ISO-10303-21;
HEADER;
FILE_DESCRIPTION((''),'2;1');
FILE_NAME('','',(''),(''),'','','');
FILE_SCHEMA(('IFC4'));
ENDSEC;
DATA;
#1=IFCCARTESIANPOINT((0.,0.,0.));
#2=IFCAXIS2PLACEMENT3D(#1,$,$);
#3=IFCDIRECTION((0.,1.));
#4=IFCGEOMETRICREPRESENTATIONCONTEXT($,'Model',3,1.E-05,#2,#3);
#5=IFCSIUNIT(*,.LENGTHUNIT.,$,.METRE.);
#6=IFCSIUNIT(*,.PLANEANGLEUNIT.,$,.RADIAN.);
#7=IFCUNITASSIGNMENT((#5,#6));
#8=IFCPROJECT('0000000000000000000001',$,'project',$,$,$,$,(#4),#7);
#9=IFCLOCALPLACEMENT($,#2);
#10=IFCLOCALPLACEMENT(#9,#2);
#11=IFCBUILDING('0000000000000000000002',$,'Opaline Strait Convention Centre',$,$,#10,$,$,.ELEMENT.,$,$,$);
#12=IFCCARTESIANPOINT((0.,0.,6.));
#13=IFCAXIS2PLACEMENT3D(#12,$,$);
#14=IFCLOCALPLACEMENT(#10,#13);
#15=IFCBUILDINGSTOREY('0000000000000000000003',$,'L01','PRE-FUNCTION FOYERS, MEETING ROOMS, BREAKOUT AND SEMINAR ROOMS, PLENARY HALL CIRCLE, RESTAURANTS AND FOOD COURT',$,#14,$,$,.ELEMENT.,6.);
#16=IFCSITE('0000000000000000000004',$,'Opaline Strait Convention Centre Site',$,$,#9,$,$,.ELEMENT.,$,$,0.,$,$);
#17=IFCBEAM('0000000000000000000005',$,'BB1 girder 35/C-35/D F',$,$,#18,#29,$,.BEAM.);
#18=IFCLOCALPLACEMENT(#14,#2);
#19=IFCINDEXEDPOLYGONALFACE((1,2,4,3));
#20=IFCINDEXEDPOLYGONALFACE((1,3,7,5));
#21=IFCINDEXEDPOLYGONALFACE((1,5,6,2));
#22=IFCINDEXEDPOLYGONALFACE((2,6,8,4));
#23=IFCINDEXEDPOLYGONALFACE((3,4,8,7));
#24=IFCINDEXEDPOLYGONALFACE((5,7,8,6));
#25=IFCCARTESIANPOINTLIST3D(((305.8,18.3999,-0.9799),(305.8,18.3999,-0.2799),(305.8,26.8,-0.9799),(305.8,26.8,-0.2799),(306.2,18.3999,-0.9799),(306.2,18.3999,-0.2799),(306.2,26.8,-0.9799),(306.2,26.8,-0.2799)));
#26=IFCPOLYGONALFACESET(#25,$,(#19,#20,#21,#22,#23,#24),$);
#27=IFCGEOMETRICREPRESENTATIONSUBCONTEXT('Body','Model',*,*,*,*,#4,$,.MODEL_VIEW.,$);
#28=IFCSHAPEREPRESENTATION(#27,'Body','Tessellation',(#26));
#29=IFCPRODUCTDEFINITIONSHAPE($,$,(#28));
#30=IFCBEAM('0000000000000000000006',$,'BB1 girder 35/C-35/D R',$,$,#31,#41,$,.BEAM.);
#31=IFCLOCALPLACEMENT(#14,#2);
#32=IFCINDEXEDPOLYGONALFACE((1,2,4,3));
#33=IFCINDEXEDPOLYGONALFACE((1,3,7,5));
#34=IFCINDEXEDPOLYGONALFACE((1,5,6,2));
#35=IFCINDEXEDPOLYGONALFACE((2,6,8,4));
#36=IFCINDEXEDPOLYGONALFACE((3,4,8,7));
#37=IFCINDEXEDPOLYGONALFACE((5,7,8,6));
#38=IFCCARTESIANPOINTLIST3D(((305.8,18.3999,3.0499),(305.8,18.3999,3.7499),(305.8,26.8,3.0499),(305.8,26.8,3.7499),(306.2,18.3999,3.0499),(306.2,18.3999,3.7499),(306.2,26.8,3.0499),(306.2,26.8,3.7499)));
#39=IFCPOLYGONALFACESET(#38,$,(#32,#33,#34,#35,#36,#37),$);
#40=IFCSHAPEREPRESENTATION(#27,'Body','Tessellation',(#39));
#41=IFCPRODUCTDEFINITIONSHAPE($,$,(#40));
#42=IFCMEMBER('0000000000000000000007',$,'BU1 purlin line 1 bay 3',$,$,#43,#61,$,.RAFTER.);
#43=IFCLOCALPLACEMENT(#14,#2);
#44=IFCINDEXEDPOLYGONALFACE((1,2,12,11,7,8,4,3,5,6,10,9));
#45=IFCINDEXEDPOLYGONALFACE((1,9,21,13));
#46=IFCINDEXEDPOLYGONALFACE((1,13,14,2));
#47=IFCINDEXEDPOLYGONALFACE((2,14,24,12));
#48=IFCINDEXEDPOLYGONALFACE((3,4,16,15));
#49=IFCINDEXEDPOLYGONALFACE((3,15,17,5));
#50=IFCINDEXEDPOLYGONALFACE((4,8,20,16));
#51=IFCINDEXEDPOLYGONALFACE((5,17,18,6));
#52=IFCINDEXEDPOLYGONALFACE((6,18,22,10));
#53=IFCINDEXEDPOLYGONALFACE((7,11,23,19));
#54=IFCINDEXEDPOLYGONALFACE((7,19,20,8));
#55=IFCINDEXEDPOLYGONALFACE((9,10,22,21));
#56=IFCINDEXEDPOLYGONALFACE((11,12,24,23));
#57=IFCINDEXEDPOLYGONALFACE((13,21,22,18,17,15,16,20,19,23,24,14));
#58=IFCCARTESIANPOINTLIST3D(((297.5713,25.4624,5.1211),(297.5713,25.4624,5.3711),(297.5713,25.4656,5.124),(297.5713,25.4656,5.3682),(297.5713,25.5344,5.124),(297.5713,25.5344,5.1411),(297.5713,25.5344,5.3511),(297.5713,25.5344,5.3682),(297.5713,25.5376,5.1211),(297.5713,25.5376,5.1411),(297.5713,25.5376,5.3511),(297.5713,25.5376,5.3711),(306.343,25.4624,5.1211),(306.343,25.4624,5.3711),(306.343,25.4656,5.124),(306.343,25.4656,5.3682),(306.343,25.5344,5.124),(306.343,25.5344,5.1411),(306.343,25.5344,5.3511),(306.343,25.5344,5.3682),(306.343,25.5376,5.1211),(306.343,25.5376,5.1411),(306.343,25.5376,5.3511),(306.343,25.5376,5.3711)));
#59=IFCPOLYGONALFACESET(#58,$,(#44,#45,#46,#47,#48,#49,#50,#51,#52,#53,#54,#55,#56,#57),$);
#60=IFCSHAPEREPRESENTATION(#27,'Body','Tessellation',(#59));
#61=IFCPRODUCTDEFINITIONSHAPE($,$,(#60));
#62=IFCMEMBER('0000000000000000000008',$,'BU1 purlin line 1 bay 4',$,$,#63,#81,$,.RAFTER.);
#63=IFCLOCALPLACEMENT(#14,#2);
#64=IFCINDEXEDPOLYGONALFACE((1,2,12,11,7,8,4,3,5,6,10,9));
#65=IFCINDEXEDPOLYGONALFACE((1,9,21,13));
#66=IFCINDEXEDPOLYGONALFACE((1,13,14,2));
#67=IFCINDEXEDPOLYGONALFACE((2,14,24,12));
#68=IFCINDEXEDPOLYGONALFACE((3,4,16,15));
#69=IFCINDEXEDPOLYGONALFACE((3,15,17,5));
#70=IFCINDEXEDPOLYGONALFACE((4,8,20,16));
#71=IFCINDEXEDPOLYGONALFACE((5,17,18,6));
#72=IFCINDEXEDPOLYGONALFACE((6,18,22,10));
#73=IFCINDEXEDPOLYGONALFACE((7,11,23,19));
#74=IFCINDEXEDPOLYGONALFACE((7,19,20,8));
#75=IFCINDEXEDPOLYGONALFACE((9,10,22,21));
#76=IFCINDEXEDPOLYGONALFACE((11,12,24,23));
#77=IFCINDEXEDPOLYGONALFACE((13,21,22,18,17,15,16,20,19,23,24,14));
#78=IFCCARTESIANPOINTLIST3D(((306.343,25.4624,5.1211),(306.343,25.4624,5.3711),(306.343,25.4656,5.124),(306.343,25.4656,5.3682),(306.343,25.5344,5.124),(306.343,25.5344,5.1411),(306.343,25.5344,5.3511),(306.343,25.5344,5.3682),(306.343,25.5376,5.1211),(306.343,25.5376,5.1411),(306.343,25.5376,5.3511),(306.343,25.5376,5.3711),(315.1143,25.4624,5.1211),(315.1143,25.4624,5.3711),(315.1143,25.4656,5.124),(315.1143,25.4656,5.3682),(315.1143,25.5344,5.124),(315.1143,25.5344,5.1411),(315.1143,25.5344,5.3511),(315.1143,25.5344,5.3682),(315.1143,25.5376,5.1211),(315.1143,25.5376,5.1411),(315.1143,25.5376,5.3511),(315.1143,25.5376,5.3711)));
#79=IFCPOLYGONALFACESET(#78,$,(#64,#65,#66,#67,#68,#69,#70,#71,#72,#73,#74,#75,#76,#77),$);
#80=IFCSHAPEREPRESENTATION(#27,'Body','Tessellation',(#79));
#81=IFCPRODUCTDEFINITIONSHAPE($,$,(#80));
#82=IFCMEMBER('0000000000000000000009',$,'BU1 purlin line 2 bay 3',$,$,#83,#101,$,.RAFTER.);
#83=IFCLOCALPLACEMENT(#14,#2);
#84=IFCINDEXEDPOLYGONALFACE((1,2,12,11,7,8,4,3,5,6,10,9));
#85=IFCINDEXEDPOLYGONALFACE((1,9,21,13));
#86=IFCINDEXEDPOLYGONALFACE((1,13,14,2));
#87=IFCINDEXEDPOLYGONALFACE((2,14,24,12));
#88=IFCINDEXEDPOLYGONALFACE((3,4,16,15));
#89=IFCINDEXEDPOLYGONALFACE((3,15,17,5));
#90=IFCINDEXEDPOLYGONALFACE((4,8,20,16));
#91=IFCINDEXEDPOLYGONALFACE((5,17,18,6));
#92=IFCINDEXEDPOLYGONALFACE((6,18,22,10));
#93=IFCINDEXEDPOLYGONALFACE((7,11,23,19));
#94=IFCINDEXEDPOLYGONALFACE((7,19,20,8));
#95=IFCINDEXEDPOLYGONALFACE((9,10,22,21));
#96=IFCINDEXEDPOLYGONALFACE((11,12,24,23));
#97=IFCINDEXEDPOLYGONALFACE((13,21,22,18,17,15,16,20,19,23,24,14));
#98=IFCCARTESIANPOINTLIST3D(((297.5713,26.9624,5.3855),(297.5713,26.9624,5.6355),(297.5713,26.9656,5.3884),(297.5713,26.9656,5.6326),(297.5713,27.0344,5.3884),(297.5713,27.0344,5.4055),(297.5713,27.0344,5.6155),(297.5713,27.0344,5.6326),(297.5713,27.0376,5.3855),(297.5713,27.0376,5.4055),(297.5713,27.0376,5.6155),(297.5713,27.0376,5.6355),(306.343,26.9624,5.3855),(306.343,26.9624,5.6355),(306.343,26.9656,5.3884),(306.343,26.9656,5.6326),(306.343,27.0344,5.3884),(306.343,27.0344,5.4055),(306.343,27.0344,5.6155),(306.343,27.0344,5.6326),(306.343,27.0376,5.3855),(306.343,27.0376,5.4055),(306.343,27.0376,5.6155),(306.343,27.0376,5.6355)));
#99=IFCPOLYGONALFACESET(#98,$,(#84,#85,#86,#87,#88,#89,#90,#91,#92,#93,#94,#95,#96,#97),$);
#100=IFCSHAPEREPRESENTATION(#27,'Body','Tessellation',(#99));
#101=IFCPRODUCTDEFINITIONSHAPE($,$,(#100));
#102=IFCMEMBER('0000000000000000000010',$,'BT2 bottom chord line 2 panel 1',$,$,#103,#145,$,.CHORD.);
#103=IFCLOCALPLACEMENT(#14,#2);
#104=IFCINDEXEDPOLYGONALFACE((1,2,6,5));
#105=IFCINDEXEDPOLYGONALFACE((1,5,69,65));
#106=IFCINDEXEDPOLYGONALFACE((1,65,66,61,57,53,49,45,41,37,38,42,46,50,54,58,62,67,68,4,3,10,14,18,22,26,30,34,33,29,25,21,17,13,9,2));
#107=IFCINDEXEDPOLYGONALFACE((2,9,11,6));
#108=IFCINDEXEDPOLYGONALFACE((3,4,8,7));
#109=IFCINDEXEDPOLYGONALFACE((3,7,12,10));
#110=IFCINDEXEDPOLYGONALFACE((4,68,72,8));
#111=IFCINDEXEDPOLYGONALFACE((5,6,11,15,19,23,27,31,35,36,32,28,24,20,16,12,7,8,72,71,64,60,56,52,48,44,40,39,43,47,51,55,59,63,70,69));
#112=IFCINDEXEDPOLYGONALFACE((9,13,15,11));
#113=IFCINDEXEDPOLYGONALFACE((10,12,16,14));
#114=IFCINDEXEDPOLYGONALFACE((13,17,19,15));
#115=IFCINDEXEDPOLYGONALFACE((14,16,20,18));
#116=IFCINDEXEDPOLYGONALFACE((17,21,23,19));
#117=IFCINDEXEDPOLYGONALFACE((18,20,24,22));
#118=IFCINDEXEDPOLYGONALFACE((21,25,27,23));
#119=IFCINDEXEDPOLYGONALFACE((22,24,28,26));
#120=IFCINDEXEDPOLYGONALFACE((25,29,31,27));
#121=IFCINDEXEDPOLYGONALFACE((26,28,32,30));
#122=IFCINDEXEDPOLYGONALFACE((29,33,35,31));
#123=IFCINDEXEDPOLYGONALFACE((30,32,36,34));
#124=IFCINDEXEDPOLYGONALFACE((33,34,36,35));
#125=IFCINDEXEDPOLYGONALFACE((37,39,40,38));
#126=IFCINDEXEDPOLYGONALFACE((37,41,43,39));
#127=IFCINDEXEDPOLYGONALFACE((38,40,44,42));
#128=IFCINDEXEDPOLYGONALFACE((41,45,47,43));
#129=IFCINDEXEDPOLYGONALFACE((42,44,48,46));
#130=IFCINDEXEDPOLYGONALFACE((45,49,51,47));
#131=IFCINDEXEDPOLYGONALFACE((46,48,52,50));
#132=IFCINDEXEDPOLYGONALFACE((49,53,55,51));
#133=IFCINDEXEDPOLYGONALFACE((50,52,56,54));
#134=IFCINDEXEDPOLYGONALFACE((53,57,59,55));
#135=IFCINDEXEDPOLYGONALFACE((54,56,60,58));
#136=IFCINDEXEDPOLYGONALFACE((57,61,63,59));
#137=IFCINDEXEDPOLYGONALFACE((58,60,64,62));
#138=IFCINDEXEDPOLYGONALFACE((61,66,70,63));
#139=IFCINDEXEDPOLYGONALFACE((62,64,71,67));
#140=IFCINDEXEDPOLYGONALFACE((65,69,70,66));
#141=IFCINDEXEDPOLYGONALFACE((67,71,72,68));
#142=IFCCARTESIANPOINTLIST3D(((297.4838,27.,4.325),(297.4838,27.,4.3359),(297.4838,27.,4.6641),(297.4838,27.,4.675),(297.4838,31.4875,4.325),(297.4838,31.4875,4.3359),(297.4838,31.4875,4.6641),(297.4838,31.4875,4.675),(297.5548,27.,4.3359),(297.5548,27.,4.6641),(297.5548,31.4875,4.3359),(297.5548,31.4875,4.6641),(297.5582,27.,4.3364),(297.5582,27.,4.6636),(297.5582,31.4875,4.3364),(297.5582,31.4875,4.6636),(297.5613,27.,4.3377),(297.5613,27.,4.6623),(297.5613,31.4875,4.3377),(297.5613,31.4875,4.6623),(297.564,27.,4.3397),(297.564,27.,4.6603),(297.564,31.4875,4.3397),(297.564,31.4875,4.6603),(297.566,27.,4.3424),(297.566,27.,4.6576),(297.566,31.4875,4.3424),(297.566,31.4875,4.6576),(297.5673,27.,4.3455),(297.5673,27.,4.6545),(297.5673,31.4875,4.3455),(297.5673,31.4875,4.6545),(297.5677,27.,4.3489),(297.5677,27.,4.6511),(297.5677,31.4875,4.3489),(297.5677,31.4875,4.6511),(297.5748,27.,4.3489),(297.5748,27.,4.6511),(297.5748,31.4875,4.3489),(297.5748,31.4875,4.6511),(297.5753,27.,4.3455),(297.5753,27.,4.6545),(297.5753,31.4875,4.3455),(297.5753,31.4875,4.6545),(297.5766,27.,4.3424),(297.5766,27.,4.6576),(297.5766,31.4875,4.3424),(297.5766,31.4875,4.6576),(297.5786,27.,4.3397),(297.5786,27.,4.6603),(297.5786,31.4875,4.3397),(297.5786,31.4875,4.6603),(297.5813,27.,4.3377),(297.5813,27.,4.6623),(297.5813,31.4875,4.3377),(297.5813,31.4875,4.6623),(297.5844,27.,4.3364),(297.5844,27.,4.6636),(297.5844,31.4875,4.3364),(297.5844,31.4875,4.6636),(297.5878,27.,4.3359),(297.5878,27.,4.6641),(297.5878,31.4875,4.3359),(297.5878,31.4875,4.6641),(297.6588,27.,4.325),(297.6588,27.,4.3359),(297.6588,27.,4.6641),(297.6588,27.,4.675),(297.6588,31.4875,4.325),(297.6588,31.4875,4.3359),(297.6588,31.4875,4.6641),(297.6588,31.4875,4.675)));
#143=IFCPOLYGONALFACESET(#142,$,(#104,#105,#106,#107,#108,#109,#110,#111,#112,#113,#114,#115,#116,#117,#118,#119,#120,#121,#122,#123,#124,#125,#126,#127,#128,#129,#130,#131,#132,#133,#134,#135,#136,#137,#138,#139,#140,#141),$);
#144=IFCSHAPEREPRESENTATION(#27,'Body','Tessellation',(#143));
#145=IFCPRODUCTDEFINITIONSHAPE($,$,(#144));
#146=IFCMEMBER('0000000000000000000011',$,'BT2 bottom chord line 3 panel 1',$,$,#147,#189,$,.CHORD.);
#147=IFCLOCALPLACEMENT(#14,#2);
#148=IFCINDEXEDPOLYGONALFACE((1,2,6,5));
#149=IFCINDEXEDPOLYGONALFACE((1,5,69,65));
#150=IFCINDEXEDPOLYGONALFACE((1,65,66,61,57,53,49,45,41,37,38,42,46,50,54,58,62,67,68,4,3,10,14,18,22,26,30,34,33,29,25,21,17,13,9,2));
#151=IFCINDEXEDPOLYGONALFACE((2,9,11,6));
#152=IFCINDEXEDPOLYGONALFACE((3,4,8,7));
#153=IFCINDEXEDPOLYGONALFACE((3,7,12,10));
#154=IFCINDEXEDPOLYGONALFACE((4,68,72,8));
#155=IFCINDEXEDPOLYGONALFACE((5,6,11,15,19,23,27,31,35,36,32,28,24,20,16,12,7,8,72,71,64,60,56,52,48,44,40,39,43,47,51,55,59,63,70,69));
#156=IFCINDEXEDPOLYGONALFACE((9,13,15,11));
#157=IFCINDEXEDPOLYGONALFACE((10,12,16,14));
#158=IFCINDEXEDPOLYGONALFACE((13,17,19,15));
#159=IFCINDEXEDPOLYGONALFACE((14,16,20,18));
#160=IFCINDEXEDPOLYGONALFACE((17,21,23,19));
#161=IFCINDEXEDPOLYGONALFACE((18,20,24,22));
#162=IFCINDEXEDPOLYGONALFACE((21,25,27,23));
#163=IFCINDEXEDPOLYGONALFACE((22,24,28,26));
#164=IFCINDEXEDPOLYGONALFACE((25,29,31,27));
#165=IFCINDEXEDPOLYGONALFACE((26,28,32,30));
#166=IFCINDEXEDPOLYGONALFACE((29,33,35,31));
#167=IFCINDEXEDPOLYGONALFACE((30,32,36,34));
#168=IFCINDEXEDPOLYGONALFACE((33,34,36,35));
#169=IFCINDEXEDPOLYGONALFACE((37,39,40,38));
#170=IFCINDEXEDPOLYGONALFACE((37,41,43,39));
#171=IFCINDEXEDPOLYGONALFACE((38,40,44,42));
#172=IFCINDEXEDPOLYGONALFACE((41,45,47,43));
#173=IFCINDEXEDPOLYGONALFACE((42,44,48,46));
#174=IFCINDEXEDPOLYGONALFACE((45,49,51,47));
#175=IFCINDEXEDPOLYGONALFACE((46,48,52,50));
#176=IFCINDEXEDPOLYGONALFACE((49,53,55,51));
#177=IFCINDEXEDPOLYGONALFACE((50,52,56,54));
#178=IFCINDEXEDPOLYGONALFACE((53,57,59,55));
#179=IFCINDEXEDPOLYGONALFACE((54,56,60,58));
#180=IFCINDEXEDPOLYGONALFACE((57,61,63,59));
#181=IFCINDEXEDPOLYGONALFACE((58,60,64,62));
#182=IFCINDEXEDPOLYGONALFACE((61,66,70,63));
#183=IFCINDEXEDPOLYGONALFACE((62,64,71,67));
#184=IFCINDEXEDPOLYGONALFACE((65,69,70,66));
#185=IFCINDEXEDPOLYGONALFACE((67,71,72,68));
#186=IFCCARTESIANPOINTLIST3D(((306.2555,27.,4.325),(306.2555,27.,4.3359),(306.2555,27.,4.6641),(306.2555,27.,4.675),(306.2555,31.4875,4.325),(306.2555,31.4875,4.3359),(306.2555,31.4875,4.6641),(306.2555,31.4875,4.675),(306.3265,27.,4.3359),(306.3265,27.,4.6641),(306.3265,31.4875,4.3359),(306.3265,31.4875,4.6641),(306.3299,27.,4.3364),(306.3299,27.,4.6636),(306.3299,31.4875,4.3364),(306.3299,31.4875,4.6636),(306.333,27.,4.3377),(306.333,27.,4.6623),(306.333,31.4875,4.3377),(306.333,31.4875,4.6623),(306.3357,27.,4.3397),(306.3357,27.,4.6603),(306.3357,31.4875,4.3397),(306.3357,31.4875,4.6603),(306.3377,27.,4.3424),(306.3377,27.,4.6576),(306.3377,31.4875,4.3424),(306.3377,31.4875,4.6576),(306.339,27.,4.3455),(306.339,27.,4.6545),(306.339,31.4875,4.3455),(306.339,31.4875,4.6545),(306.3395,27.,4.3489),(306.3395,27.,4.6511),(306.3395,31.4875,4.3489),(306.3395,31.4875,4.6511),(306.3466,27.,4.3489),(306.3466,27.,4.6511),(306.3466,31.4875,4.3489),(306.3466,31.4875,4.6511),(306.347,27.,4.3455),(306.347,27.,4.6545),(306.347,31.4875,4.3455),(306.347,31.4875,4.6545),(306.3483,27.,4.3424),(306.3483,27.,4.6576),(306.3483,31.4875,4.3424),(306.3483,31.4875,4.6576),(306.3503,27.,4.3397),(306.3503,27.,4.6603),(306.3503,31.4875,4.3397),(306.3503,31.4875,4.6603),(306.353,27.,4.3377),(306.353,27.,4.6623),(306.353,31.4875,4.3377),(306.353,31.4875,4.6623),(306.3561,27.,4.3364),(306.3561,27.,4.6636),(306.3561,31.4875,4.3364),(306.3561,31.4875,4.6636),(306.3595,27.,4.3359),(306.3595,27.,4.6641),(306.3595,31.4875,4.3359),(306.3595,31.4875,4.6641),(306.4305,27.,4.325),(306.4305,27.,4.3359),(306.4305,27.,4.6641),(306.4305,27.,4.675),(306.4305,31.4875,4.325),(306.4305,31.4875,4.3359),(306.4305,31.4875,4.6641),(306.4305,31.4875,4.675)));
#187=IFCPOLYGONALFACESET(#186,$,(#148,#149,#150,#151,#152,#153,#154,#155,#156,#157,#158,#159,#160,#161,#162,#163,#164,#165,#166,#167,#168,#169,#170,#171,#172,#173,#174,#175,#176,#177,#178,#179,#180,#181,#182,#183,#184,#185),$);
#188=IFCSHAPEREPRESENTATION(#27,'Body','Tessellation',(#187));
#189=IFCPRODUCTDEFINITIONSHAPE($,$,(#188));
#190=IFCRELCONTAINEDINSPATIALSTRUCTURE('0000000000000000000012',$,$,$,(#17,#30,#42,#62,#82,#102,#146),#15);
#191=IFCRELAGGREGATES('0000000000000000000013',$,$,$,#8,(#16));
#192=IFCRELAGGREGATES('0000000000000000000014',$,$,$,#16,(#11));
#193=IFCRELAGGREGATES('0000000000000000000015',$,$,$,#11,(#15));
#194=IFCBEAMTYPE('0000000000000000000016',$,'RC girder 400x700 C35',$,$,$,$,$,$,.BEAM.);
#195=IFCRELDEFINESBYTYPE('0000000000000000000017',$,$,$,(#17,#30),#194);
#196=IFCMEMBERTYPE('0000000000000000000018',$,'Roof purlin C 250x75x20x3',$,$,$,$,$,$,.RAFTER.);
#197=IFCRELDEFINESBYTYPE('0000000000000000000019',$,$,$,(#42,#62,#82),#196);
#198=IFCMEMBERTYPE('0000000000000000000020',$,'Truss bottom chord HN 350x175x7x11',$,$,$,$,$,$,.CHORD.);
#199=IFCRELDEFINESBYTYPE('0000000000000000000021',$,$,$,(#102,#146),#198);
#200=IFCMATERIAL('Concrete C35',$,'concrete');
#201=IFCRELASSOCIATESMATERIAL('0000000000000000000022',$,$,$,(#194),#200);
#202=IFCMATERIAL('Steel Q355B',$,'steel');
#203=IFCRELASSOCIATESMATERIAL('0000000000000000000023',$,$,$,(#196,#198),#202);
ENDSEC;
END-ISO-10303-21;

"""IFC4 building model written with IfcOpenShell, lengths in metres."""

from ifc_helpers import new_model, si_unit, direction, frame, origin, origin_2d, place, context, subcontext, project, spatial, polyline, rectangle, i_section, outline, extrude, material, material_profile, profile_set, type_object, element, save


model = new_model("IFC4")

# Units and contexts
model_context = context("Model", 3, precision=1e-05, world=origin(), true_north=direction((0.0, 1.0)))
body_context = subcontext(model_context, "Body", "Model", "MODEL_VIEW")
ifc_project = project(units=[si_unit("LENGTHUNIT", "METRE"), si_unit("PLANEANGLEUNIT", "RADIAN")], contexts=[model_context])

# Site, building, storey
site_placement = place(None, origin())
site = spatial("IfcSite", under=ifc_project, at=site_placement, Name="Opaline Strait Convention Centre Site", CompositionType="ELEMENT", RefElevation=0.0)
building_placement = place(site_placement, origin())
building = spatial("IfcBuilding", under=site, at=building_placement, Name="Opaline Strait Convention Centre", CompositionType="ELEMENT")
storey_placement = place(building_placement, frame((0.0, 0.0, 6.0)))
storey = spatial("IfcBuildingStorey", under=building, at=storey_placement, Name="L01", Description="PRE-FUNCTION FOYERS, MEETING ROOMS, BREAKOUT AND SEMINAR ROOMS, PLENARY HALL CIRCLE, RESTAURANTS AND FOOD COURT", CompositionType="ELEMENT", Elevation=6.0)

# Beams
ifc_material_1 = material(Name="Concrete C35", Category="concrete")
ifc_material_profile_1 = material_profile(ifc_material_1, rectangle(XDim=0.3999, YDim=0.7, at=origin_2d()), Name="RC 400x700")
ifc_profile_set_1 = profile_set([ifc_material_profile_1], Name="Concrete C35")
beam_type = type_object("IfcBeamType", Name="RC girder 400x700 C35", PredefinedType="BEAM", material=ifc_profile_set_1)
for number, where, z_axis, x_axis, name in (
    (1, (306.0, 18.3999, -0.6299), (0.0, 1.0, 0.0), (-1.0, 0.0, 0.0), "BB1 girder 35/C-35/D F"),
    (2, (306.0, 18.3999, 3.3999), (0.0, 1.0, 0.0), (-1.0, 0.0, 0.0), "BB1 girder 35/C-35/D R"),
):
    element("IfcBeam", number, at=place(storey_placement, frame(where, z_axis=z_axis, x_axis=x_axis)), inside=storey, type_object=beam_type, Name=name, PredefinedType="BEAM", context=body_context, shape_type="SweptSolid", body=[
        extrude(rectangle(XDim=0.3999, YDim=0.7, at=origin_2d()), origin(), (0.0, 0.0, 1.0), 8.4001),
    ])

# Members
ifc_material_2 = material(Name="Steel Q355B", Category="steel")
ifc_material_profile_2 = material_profile(ifc_material_2, outline(polyline([(-0.0376, -0.125), (0.0376, -0.125), (0.0376, -0.105), (0.0344, -0.105), (0.0344, -0.1221), (-0.0344, -0.1221), (-0.0344, 0.1221), (0.0344, 0.1221), (0.0344, 0.105), (0.0376, 0.105), (0.0376, 0.125), (-0.0376, 0.125), (-0.0376, -0.125)])), Name="C 250x75x20x3")
ifc_profile_set_2 = profile_set([ifc_material_profile_2], Name="Steel Q355B")
member_type_1 = type_object("IfcMemberType", Name="Roof purlin C 250x75x20x3", PredefinedType="RAFTER", material=ifc_profile_set_2)
member_1_placement = place(storey_placement, frame((297.5713, 25.5, 5.2461), z_axis=(1.0, 0.0, 0.0), x_axis=(0.0, 1.0, 0.0)))
element("IfcMember", 3, at=member_1_placement, inside=storey, type_object=member_type_1, Name="BU1 purlin line 1 bay 3", PredefinedType="RAFTER", context=body_context, shape_type="SweptSolid", body=[
    extrude(outline(polyline([(-0.0376, -0.125), (0.0376, -0.125), (0.0376, -0.105), (0.0344, -0.105), (0.0344, -0.1221), (-0.0344, -0.1221), (-0.0344, 0.1221), (0.0344, 0.1221), (0.0344, 0.105), (0.0376, 0.105), (0.0376, 0.125), (-0.0376, 0.125), (-0.0376, -0.125)])), origin(), (0.0, 0.0, 1.0), 8.7717),
])
member_2_placement = place(storey_placement, frame((306.343, 25.5, 5.2461), z_axis=(1.0, 0.0, 0.0), x_axis=(0.0, 1.0, 0.0)))
element("IfcMember", 4, at=member_2_placement, inside=storey, type_object=member_type_1, Name="BU1 purlin line 1 bay 4", PredefinedType="RAFTER", context=body_context, shape_type="SweptSolid", body=[
    extrude(outline(polyline([(-0.0376, -0.125), (0.0376, -0.125), (0.0376, -0.105), (0.0344, -0.105), (0.0344, -0.1221), (-0.0344, -0.1221), (-0.0344, 0.1221), (0.0344, 0.1221), (0.0344, 0.105), (0.0376, 0.105), (0.0376, 0.125), (-0.0376, 0.125), (-0.0376, -0.125)])), origin(), (0.0, 0.0, 1.0), 8.7712),
])
member_3_placement = place(storey_placement, frame((297.5713, 27.0, 5.5105), z_axis=(1.0, 0.0, 0.0), x_axis=(0.0, 1.0, 0.0)))
element("IfcMember", 5, at=member_3_placement, inside=storey, type_object=member_type_1, Name="BU1 purlin line 2 bay 3", PredefinedType="RAFTER", context=body_context, shape_type="SweptSolid", body=[
    extrude(outline(polyline([(-0.0376, -0.125), (0.0376, -0.125), (0.0376, -0.105), (0.0344, -0.105), (0.0344, -0.1221), (-0.0344, -0.1221), (-0.0344, 0.1221), (0.0344, 0.1221), (0.0344, 0.105), (0.0376, 0.105), (0.0376, 0.125), (-0.0376, 0.125), (-0.0376, -0.125)])), origin(), (0.0, 0.0, 1.0), 8.7717),
])
ifc_material_profile_3 = material_profile(ifc_material_2, i_section(OverallWidth=0.175, OverallDepth=0.3501, WebThickness=0.0071, FlangeThickness=0.011, FilletRadius=0.0129, at=origin_2d()), Name="HN 350x175x7x11")
ifc_profile_set_3 = profile_set([ifc_material_profile_3], Name="Steel Q355B")
member_type_2 = type_object("IfcMemberType", Name="Truss bottom chord HN 350x175x7x11", PredefinedType="CHORD", material=ifc_profile_set_3)
for number, where, z_axis, x_axis, name in (
    (6, (297.5713, 27.0, 4.5), (0.0, 1.0, 0.0), (-1.0, 0.0, 0.0), "BT2 bottom chord line 2 panel 1"),
    (7, (306.343, 27.0, 4.5), (0.0, 1.0, 0.0), (-1.0, 0.0, 0.0), "BT2 bottom chord line 3 panel 1"),
):
    element("IfcMember", number, at=place(storey_placement, frame(where, z_axis=z_axis, x_axis=x_axis)), inside=storey, type_object=member_type_2, Name=name, PredefinedType="CHORD", context=body_context, shape_type="SweptSolid", body=[
        extrude(i_section(OverallWidth=0.175, OverallDepth=0.3501, WebThickness=0.0071, FlangeThickness=0.011, FilletRadius=0.0129, at=origin_2d()), origin(), (0.0, 0.0, 1.0), 4.4875),
    ])

save(model, "model.ifc")
